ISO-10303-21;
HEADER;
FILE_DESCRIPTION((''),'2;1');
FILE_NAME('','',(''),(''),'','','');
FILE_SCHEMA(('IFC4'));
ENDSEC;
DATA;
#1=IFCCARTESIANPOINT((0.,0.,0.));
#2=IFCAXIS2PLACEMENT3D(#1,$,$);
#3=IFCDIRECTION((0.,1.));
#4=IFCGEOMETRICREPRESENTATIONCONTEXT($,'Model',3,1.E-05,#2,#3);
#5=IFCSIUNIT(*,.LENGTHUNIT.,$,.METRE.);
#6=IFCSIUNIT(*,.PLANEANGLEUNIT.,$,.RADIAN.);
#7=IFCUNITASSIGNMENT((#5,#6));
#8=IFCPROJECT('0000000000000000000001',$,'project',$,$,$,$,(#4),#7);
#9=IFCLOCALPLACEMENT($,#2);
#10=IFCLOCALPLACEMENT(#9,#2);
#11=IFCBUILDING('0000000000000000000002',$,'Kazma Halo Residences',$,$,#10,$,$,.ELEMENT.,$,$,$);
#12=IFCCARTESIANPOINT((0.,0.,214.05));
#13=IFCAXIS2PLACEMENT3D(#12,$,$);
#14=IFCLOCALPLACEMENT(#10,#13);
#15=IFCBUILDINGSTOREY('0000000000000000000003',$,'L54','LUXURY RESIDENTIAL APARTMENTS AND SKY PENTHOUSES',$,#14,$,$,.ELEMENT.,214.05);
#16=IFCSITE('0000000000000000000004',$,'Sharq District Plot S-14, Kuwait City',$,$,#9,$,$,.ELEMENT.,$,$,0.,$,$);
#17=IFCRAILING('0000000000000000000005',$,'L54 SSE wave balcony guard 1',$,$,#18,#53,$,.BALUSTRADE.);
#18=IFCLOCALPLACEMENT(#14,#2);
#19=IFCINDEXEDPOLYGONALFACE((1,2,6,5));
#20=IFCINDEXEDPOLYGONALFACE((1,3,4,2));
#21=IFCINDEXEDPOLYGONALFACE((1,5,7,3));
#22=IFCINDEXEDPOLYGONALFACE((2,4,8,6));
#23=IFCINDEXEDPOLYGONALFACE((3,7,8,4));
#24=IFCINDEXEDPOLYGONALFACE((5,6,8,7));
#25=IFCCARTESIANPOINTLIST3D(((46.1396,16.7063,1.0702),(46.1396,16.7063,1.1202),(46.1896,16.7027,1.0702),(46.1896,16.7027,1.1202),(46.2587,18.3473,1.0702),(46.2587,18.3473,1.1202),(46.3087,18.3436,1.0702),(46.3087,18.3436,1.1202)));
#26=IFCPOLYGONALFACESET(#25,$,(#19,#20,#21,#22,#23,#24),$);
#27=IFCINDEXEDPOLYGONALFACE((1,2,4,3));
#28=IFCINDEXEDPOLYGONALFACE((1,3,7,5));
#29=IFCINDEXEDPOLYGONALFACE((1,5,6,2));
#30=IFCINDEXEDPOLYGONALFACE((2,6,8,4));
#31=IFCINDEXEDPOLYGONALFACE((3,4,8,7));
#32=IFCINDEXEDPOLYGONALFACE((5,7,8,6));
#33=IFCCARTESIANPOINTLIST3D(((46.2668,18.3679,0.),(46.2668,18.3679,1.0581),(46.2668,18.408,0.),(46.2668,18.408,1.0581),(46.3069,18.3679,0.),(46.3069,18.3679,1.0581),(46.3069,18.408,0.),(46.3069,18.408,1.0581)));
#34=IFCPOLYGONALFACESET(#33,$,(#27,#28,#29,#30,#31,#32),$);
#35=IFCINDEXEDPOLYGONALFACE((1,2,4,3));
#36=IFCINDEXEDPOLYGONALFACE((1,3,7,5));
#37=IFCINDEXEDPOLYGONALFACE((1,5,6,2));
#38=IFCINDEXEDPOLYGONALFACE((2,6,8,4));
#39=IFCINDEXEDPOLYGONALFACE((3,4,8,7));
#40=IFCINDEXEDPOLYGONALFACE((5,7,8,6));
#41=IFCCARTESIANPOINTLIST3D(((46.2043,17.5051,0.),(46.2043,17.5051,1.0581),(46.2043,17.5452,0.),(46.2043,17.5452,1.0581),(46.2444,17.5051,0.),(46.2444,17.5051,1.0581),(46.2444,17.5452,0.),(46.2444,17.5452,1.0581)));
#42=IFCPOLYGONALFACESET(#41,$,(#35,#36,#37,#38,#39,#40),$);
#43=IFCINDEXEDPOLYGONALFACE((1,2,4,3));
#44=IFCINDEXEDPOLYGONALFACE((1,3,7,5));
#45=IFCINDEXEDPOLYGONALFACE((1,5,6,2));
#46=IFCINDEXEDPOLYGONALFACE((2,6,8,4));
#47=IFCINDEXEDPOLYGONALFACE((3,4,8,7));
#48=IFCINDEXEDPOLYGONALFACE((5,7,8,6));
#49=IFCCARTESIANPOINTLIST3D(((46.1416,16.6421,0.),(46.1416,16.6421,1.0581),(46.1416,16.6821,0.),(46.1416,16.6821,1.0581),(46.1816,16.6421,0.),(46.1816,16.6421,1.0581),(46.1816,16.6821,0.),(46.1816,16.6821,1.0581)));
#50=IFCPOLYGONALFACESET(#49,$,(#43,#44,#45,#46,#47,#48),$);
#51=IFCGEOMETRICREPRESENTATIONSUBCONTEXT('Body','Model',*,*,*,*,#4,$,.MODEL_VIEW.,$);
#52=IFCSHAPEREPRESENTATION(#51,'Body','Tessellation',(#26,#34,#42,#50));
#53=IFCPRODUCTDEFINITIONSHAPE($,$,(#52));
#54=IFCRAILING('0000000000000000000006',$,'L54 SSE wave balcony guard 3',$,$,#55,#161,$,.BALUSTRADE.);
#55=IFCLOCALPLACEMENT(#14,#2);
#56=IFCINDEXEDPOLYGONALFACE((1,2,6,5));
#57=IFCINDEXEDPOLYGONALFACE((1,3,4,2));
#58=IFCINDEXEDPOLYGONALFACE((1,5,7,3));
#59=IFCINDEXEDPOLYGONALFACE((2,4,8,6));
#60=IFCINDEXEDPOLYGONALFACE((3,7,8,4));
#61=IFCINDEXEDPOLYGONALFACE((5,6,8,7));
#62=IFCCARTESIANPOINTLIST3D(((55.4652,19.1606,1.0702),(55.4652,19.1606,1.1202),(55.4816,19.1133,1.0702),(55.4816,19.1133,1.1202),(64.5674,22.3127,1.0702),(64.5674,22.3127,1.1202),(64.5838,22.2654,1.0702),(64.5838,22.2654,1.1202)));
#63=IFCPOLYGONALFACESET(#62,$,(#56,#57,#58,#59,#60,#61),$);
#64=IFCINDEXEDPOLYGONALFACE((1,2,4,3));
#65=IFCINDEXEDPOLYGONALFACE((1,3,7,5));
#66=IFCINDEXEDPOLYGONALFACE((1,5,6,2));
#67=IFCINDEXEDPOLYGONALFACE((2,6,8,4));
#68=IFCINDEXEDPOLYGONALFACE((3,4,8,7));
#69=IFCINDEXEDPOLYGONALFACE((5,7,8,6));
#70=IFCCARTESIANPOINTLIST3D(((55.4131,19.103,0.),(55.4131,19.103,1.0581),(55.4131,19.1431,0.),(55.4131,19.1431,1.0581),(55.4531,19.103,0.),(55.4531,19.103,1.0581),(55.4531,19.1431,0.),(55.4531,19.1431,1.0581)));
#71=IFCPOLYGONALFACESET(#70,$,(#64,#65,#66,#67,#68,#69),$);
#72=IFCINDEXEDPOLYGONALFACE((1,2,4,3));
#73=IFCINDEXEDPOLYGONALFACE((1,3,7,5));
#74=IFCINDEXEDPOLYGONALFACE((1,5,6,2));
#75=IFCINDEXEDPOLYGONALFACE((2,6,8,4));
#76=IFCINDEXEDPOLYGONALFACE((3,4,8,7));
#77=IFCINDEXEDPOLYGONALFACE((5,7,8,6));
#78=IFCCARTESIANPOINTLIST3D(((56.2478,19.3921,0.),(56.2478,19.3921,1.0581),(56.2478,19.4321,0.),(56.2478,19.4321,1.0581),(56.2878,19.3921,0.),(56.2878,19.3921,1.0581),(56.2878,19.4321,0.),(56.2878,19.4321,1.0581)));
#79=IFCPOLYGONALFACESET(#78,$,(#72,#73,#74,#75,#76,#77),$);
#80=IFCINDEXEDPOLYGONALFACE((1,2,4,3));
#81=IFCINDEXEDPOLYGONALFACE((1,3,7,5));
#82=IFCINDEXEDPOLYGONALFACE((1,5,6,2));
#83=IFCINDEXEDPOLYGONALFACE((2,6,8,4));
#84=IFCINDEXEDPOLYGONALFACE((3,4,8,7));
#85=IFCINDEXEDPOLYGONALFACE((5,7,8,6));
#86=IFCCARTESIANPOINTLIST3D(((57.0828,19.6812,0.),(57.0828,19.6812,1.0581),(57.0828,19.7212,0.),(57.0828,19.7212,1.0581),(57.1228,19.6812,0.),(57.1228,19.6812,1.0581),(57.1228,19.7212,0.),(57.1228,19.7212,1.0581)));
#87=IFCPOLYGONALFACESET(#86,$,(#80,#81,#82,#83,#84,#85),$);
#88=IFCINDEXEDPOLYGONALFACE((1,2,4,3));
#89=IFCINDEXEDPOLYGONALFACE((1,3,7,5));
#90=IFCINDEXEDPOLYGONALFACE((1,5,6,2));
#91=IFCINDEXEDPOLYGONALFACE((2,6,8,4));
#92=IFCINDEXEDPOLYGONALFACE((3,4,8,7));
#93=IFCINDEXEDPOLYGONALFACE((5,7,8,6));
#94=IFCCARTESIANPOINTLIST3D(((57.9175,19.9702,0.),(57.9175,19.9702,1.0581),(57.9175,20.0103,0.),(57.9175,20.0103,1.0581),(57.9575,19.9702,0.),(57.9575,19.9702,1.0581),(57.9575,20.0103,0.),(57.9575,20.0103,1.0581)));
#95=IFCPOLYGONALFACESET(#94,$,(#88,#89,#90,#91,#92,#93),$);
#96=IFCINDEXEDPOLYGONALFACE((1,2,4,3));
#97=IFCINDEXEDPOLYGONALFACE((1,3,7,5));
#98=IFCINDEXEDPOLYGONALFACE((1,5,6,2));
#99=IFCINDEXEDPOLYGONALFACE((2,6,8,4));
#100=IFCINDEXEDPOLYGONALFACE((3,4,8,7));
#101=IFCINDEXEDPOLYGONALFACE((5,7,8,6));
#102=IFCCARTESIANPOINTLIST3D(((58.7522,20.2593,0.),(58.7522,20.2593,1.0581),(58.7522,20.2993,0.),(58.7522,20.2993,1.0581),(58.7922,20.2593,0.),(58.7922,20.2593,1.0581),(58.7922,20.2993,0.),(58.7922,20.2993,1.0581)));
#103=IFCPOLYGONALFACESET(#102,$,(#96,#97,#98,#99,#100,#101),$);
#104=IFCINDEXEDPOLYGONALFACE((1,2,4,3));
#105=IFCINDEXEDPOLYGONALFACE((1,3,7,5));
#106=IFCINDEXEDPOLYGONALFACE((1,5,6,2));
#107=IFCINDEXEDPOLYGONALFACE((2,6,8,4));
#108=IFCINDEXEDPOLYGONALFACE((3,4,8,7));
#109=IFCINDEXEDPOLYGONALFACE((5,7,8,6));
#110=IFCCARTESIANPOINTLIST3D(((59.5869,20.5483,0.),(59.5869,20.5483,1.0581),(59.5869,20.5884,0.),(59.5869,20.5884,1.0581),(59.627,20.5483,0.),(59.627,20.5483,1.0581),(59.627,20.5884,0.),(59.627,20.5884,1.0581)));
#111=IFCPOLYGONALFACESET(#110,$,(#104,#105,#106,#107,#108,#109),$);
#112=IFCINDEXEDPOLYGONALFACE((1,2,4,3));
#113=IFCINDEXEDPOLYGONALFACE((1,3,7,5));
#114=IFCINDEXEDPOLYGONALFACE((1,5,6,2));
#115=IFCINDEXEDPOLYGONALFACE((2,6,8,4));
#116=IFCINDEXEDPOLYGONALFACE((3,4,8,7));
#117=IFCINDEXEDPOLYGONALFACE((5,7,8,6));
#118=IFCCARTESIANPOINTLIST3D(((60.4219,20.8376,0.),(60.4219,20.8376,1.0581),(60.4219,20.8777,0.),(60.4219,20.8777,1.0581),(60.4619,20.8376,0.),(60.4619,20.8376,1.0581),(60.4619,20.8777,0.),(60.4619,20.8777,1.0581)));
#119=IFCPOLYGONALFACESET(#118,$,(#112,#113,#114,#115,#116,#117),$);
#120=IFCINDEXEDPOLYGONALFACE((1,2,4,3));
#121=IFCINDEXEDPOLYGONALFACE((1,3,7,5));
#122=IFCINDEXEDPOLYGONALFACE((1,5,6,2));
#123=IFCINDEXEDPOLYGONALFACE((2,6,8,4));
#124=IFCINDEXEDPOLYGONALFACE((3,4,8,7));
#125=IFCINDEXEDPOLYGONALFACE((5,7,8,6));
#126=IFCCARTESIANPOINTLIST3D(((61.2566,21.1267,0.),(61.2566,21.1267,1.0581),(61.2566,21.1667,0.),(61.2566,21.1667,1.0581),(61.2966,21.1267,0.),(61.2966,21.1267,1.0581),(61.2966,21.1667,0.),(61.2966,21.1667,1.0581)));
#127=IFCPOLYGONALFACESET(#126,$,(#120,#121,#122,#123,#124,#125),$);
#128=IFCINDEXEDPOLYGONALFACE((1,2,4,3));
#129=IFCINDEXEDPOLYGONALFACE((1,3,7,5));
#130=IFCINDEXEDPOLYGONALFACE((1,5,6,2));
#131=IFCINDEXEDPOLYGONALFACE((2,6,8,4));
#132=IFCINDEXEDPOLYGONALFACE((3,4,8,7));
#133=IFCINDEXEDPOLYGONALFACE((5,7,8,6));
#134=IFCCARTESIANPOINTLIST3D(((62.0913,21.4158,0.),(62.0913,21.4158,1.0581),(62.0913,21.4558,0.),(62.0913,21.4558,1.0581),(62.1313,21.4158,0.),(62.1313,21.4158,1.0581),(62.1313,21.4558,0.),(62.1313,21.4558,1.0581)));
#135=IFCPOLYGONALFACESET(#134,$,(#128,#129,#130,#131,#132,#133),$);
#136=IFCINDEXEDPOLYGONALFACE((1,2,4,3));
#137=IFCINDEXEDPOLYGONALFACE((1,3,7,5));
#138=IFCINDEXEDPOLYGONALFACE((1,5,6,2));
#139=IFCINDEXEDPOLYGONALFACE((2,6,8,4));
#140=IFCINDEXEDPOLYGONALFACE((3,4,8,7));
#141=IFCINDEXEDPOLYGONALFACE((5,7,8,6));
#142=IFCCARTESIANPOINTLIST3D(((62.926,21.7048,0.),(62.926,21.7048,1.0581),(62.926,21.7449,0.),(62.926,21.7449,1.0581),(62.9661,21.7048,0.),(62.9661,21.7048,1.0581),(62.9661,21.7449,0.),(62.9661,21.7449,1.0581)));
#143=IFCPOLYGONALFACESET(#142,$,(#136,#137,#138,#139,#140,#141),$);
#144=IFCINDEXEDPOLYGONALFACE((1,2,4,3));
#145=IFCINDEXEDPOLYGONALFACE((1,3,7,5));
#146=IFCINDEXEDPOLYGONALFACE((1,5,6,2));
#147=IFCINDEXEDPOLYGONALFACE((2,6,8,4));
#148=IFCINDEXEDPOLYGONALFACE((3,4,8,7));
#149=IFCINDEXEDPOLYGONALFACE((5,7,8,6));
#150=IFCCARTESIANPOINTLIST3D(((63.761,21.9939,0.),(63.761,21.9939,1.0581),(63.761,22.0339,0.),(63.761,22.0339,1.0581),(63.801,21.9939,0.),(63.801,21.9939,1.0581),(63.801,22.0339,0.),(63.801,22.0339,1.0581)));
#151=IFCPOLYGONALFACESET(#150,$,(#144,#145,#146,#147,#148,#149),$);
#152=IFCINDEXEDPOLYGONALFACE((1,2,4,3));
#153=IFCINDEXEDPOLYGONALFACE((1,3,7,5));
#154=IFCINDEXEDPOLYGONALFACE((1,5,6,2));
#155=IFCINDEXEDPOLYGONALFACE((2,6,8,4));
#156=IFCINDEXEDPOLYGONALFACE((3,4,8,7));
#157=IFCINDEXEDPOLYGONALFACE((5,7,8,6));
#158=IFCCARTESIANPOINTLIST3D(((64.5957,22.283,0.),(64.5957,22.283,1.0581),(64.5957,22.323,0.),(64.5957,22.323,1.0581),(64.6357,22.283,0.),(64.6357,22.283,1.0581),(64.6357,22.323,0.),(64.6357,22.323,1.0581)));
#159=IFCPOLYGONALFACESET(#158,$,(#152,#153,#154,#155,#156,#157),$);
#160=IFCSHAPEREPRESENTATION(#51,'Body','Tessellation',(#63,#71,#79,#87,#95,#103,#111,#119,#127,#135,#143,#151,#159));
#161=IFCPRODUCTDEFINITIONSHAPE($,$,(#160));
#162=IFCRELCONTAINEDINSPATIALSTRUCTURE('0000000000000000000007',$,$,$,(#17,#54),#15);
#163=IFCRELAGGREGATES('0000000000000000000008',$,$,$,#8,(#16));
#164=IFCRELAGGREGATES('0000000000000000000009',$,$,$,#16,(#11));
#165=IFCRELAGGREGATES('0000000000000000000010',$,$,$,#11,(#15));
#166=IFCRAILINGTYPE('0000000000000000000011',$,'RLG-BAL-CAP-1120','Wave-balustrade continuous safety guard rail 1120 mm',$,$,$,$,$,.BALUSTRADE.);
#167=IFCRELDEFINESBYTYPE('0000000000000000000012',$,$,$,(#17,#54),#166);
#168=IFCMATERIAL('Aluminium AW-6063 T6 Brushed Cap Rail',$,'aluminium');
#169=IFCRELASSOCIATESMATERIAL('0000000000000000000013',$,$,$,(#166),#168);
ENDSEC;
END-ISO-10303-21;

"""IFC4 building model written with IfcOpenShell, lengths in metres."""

from ifc_helpers import new_model, si_unit, direction, frame, origin, origin_2d, place, context, subcontext, project, spatial, rectangle, extrude, material, type_object, element, save


model = new_model("IFC4")

# Units and contexts
model_context = context("Model", 3, precision=1e-05, world=origin(), true_north=direction((0.0, 1.0)))
body_context = subcontext(model_context, "Body", "Model", "MODEL_VIEW")
ifc_project = project(units=[si_unit("LENGTHUNIT", "METRE"), si_unit("PLANEANGLEUNIT", "RADIAN")], contexts=[model_context])

# Site, building, storey
site_placement = place(None, origin())
site = spatial("IfcSite", under=ifc_project, at=site_placement, Name="Sharq District Plot S-14, Kuwait City", CompositionType="ELEMENT", RefElevation=0.0)
building_placement = place(site_placement, origin())
building = spatial("IfcBuilding", under=site, at=building_placement, Name="Kazma Halo Residences", CompositionType="ELEMENT")
storey_placement = place(building_placement, frame((0.0, 0.0, 214.05)))
storey = spatial("IfcBuildingStorey", under=building, at=storey_placement, Name="L54", Description="LUXURY RESIDENTIAL APARTMENTS AND SKY PENTHOUSES", CompositionType="ELEMENT", Elevation=214.05)

# Railings
ifc_material_1 = material(Name="Aluminium AW-6063 T6 Brushed Cap Rail", Category="aluminium")
railing_type = type_object("IfcRailingType", Name="RLG-BAL-CAP-1120", Description="Wave-balustrade continuous safety guard rail 1120 mm", PredefinedType="BALUSTRADE", material=ifc_material_1)
railing_1_placement = place(storey_placement, frame((46.2869, 18.3879, 0.0)))
element("IfcRailing", 1, at=railing_1_placement, inside=storey, type_object=railing_type, Name="L54 SSE wave balcony guard 1", PredefinedType="BALUSTRADE", context=body_context, shape_type="SweptSolid", body=[
    extrude(rectangle(XDim=0.05, YDim=0.05, at=origin_2d()), frame((-0.0032, -0.0425, 1.0952), z_axis=(-0.07238, -0.997377, 0.0), x_axis=(0.997377, -0.07238, 0.0)), (0.0, 0.0, 1.0), 1.6453),
    extrude(rectangle(XDim=0.04, YDim=0.04, at=origin_2d()), origin(), (0.0, 0.0, 1.0), 1.0581),
    extrude(rectangle(XDim=0.04, YDim=0.04, at=origin_2d()), frame((-0.0625, -0.8628, 0.0)), (0.0, 0.0, 1.0), 1.0581),
    extrude(rectangle(XDim=0.04, YDim=0.04, at=origin_2d()), frame((-0.1252, -1.7258, 0.0)), (0.0, 0.0, 1.0), 1.0581),
])
railing_2_placement = place(storey_placement, frame((55.4331, 19.123, 0.0)))
element("IfcRailing", 2, at=railing_2_placement, inside=storey, type_object=railing_type, Name="L54 SSE wave balcony guard 3", PredefinedType="BALUSTRADE", context=body_context, shape_type="SweptSolid", body=[
    extrude(rectangle(XDim=0.05, YDim=0.05, at=origin_2d()), frame((0.0403, 0.0139, 1.0952), z_axis=(0.944944, 0.327233, 0.0), x_axis=(-0.327233, 0.944944, 0.0)), (0.0, 0.0, 1.0), 9.6326),
    extrude(rectangle(XDim=0.04, YDim=0.04, at=origin_2d()), origin(), (0.0, 0.0, 1.0), 1.0581),
    extrude(rectangle(XDim=0.04, YDim=0.04, at=origin_2d()), frame((0.8347, 0.2891, 0.0)), (0.0, 0.0, 1.0), 1.0581),
    extrude(rectangle(XDim=0.04, YDim=0.04, at=origin_2d()), frame((1.6697, 0.5781, 0.0)), (0.0, 0.0, 1.0), 1.0581),
    extrude(rectangle(XDim=0.04, YDim=0.04, at=origin_2d()), frame((2.5044, 0.8672, 0.0)), (0.0, 0.0, 1.0), 1.0581),
    extrude(rectangle(XDim=0.04, YDim=0.04, at=origin_2d()), frame((3.3391, 1.1562, 0.0)), (0.0, 0.0, 1.0), 1.0581),
    extrude(rectangle(XDim=0.04, YDim=0.04, at=origin_2d()), frame((4.1738, 1.4453, 0.0)), (0.0, 0.0, 1.0), 1.0581),
    extrude(rectangle(XDim=0.04, YDim=0.04, at=origin_2d()), frame((5.0088, 1.7346, 0.0)), (0.0, 0.0, 1.0), 1.0581),
    extrude(rectangle(XDim=0.04, YDim=0.04, at=origin_2d()), frame((5.8435, 2.0237, 0.0)), (0.0, 0.0, 1.0), 1.0581),
    extrude(rectangle(XDim=0.04, YDim=0.04, at=origin_2d()), frame((6.6782, 2.3127, 0.0)), (0.0, 0.0, 1.0), 1.0581),
    extrude(rectangle(XDim=0.04, YDim=0.04, at=origin_2d()), frame((7.5129, 2.6018, 0.0)), (0.0, 0.0, 1.0), 1.0581),
    extrude(rectangle(XDim=0.04, YDim=0.04, at=origin_2d()), frame((8.3479, 2.8909, 0.0)), (0.0, 0.0, 1.0), 1.0581),
    extrude(rectangle(XDim=0.04, YDim=0.04, at=origin_2d()), frame((9.1826, 3.1799, 0.0)), (0.0, 0.0, 1.0), 1.0581),
])

save(model, "model.ifc")
